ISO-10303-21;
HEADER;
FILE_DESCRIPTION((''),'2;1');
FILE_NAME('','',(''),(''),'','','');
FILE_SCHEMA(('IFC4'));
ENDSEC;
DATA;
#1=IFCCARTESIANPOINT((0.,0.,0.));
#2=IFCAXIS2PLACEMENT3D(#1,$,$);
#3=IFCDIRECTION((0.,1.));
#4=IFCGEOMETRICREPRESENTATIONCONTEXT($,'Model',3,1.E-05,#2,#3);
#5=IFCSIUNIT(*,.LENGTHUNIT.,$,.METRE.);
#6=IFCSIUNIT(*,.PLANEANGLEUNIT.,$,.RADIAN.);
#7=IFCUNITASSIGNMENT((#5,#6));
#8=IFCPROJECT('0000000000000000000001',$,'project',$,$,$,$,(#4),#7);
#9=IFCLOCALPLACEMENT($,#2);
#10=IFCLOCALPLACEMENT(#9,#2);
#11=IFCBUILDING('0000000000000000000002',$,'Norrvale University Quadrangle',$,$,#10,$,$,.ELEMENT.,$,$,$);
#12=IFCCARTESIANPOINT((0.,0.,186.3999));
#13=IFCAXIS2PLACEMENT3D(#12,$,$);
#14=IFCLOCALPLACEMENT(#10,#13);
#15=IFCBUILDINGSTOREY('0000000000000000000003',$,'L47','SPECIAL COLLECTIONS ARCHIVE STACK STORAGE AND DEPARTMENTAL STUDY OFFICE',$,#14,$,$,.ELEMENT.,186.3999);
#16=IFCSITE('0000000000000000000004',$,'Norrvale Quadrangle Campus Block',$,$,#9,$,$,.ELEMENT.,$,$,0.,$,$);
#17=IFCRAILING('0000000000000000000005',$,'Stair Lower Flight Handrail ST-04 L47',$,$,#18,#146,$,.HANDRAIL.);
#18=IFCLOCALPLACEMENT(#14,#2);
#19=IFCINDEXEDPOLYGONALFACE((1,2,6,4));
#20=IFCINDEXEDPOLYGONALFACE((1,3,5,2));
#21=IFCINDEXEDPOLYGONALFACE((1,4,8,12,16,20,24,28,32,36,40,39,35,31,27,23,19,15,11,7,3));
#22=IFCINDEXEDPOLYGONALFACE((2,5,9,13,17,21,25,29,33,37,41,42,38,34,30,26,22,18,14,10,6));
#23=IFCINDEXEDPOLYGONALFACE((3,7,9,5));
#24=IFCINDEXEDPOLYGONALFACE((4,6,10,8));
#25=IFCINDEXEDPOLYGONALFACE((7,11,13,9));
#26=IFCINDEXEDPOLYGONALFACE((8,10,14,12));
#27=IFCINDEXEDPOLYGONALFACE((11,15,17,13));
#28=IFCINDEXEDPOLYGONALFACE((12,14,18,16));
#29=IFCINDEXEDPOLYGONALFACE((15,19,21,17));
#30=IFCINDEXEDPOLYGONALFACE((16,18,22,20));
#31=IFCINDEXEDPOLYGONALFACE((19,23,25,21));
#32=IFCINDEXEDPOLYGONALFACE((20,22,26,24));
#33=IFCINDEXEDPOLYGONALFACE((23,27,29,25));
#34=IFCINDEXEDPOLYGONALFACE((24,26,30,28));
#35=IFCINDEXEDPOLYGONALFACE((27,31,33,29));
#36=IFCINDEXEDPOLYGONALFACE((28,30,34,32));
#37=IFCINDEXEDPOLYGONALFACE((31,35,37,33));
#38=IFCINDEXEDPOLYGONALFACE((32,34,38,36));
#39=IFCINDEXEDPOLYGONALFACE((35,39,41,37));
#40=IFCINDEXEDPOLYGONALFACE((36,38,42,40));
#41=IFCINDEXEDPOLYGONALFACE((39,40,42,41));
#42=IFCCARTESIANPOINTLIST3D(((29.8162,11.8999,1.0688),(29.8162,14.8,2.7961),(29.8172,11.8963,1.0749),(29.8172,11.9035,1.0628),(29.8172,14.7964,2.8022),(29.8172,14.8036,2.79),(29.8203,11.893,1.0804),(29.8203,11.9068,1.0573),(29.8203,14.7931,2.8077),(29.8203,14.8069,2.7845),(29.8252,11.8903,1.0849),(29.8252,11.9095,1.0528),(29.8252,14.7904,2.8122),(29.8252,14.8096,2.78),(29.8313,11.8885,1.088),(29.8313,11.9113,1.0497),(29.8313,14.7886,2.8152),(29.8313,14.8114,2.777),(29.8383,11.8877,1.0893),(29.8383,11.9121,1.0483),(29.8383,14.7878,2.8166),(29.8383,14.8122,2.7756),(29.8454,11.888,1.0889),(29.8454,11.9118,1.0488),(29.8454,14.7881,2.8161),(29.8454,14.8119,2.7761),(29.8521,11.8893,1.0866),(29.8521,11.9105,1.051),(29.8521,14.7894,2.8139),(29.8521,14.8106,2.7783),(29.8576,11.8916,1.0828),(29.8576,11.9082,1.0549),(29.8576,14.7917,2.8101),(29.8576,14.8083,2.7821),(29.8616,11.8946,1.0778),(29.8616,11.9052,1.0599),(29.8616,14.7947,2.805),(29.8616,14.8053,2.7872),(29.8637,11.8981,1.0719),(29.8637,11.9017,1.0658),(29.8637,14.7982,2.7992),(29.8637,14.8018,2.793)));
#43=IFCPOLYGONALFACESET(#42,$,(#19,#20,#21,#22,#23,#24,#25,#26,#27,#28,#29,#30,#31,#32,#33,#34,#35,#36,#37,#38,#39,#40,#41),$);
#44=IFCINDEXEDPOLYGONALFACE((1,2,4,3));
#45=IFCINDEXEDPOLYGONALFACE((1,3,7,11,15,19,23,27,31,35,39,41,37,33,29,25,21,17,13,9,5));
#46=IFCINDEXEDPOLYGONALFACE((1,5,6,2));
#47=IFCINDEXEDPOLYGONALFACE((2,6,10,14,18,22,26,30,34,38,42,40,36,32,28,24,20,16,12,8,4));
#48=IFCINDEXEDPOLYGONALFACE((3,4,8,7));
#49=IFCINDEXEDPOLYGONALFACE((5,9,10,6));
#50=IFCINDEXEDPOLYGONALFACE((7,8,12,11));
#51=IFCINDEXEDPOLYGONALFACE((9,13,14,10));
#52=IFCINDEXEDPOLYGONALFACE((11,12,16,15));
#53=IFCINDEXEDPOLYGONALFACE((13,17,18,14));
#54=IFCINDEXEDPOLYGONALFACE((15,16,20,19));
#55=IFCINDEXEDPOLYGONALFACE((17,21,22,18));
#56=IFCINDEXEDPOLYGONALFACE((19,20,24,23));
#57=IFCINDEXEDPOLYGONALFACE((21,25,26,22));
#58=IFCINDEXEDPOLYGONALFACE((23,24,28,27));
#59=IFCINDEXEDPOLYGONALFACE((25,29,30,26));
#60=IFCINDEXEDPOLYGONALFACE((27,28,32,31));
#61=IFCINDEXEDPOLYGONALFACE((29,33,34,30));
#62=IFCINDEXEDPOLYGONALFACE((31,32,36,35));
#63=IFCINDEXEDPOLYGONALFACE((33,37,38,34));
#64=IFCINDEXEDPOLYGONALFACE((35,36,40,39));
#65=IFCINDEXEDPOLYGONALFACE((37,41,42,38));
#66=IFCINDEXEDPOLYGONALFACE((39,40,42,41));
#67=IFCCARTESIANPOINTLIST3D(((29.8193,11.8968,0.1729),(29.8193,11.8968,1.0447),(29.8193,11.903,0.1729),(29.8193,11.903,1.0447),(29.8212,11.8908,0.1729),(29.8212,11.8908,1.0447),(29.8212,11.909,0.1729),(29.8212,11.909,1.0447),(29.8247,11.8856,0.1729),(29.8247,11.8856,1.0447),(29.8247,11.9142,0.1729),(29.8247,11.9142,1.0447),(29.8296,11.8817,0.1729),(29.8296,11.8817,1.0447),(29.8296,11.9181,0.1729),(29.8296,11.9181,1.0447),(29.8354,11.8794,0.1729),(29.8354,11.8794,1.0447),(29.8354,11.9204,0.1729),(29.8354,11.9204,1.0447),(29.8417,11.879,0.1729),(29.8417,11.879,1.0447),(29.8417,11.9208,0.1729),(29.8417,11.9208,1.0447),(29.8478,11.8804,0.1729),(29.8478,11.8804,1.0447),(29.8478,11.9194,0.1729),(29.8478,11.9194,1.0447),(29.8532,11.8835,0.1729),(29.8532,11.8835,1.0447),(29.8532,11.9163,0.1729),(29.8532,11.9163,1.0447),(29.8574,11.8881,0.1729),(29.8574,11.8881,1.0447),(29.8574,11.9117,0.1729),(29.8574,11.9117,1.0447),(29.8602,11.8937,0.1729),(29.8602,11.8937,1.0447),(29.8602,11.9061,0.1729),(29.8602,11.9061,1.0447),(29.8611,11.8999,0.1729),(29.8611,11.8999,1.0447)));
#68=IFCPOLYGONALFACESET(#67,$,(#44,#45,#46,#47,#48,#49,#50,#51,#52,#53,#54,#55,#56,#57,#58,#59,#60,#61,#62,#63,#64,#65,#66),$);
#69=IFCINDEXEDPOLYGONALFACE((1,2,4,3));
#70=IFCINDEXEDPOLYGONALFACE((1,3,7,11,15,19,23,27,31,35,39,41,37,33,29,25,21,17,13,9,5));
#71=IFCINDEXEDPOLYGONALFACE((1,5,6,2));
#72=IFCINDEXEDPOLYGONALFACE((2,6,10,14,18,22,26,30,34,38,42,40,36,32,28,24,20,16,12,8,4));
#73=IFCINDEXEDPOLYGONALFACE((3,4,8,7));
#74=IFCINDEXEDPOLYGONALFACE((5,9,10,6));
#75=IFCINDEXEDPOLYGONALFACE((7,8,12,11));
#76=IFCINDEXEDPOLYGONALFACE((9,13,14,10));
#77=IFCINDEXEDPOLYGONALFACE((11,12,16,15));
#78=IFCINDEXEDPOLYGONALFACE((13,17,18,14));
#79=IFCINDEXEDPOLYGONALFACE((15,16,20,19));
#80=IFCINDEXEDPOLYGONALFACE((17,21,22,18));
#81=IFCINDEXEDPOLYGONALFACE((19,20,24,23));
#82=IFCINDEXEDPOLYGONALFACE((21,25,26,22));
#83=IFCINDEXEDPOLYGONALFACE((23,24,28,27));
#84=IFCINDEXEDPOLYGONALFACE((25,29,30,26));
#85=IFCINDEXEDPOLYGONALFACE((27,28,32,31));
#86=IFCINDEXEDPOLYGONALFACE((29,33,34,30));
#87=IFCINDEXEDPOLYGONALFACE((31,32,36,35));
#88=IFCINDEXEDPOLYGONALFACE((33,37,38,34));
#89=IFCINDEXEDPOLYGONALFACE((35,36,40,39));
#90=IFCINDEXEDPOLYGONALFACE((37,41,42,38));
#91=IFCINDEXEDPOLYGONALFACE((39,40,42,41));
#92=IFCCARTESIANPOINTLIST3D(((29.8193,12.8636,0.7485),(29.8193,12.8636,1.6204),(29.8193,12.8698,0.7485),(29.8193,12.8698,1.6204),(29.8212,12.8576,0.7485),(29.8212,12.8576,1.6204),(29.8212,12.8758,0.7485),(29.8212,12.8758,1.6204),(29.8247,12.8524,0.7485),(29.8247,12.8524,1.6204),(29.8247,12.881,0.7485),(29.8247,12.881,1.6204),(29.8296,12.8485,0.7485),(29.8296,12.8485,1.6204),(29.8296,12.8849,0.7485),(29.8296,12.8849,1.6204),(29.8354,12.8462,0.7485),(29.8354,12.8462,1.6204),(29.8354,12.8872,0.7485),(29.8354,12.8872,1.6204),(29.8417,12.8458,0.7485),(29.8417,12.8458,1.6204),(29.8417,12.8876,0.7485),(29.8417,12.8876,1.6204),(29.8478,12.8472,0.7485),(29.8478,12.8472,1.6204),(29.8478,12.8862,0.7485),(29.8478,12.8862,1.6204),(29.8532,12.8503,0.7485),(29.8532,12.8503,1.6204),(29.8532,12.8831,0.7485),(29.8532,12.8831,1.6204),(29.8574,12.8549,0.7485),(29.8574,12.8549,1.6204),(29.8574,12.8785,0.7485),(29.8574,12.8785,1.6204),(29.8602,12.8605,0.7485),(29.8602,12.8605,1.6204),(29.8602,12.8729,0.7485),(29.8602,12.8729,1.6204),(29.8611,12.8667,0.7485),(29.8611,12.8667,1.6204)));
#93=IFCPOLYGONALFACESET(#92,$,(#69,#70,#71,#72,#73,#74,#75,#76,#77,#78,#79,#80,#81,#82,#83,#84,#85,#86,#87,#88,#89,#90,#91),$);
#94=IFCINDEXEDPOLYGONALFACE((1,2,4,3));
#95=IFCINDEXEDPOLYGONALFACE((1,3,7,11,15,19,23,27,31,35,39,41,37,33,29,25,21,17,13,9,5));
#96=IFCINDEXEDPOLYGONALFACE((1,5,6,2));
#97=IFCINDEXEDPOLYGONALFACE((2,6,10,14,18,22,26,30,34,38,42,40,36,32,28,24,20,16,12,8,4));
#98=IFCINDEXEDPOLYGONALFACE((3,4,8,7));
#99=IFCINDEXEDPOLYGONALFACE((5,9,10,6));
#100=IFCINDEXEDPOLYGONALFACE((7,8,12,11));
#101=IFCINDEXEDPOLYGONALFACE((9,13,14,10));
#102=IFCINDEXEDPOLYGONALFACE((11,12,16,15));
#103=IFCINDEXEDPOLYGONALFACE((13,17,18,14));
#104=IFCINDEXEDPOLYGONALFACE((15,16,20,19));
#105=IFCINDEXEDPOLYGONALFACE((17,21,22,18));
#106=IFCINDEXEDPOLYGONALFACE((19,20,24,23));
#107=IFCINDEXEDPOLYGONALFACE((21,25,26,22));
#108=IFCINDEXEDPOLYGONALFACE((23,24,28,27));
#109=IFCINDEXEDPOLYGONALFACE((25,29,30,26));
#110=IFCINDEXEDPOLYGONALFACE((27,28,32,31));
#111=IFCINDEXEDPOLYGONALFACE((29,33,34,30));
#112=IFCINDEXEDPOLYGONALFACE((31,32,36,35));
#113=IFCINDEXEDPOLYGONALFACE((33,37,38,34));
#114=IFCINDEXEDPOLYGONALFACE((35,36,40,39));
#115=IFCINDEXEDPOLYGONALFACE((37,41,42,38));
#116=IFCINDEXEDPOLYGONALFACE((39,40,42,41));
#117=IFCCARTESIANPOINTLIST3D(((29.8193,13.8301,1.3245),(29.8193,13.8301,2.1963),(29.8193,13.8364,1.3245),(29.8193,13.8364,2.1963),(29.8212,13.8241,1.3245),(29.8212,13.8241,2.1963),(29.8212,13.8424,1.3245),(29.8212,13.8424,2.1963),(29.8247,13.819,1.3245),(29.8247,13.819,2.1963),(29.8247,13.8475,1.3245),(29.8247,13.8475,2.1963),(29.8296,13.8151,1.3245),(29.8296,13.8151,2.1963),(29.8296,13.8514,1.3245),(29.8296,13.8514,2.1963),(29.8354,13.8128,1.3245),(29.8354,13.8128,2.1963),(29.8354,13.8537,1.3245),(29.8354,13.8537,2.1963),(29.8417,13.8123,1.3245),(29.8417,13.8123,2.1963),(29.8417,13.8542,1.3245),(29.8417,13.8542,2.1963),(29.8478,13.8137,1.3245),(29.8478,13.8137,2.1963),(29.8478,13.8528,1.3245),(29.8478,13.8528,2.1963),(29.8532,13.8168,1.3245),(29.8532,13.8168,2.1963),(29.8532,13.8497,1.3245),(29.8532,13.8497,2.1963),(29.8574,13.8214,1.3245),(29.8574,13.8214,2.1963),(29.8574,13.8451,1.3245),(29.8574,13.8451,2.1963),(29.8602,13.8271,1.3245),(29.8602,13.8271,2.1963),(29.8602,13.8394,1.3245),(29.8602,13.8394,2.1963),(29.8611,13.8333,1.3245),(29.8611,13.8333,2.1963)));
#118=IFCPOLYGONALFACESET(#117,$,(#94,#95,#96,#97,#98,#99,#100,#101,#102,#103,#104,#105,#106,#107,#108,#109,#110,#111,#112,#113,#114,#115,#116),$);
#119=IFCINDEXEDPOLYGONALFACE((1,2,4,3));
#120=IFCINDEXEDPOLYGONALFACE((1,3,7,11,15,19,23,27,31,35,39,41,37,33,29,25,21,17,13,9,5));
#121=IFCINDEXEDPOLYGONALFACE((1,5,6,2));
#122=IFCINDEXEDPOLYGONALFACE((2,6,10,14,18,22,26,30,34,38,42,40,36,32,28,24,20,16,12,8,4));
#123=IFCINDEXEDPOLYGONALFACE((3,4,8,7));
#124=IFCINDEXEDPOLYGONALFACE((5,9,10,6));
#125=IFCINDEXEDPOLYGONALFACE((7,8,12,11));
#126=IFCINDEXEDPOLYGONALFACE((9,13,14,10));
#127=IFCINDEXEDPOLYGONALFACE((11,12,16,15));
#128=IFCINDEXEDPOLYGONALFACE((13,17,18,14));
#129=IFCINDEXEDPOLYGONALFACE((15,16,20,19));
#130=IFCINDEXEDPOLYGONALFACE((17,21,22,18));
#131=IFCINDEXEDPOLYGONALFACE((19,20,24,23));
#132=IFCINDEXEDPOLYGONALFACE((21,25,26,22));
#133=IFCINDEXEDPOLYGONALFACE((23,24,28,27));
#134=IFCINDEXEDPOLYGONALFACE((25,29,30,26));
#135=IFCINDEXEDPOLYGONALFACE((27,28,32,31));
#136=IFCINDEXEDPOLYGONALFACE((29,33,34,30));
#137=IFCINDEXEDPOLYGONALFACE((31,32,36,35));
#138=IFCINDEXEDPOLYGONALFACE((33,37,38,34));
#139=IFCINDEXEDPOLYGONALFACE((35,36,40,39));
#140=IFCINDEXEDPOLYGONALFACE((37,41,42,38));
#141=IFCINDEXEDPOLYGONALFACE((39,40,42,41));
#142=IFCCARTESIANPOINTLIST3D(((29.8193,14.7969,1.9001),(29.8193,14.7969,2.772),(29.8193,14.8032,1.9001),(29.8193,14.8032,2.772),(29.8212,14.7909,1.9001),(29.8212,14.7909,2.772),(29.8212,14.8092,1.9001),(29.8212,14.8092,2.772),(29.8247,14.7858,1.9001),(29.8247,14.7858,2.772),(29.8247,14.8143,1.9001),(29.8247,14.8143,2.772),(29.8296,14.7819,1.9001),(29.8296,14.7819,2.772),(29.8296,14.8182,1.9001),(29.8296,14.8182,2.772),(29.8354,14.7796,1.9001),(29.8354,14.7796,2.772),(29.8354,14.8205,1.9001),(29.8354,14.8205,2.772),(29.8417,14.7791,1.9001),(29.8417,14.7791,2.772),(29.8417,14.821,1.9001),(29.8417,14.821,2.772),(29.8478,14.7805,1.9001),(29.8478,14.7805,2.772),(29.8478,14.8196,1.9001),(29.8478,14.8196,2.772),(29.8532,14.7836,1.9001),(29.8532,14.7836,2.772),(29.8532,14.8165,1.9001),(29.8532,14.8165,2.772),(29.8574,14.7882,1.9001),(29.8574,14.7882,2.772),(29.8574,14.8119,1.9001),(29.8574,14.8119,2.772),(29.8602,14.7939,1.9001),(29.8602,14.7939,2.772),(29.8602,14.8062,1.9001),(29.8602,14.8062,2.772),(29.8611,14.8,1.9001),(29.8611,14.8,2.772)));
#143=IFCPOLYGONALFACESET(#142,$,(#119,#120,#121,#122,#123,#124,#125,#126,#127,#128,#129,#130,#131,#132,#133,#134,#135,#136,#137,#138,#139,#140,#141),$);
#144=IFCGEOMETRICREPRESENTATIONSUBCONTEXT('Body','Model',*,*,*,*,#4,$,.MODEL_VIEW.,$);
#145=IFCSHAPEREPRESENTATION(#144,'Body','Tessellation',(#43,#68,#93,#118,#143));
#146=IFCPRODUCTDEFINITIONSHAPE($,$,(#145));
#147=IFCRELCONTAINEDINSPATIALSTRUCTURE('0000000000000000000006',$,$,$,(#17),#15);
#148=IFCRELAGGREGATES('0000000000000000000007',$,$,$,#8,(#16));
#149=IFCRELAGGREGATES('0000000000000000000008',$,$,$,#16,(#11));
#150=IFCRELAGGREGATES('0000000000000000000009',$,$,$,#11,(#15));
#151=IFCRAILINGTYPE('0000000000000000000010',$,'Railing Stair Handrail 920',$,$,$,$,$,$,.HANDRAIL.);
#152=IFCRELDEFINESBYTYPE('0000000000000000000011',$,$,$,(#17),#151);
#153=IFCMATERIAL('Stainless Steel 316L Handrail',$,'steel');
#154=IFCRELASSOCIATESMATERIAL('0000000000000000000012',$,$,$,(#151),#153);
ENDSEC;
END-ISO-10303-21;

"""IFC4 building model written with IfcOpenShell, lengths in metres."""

from ifc_helpers import new_model, si_unit, direction, frame, origin, origin_2d, place, context, subcontext, project, spatial, circle, extrude, material, type_object, element, save


model = new_model("IFC4")

# Units and contexts
model_context = context("Model", 3, precision=1e-05, world=origin(), true_north=direction((0.0, 1.0)))
body_context = subcontext(model_context, "Body", "Model", "MODEL_VIEW")
ifc_project = project(units=[si_unit("LENGTHUNIT", "METRE"), si_unit("PLANEANGLEUNIT", "RADIAN")], contexts=[model_context])

# Site, building, storey
site_placement = place(None, origin())
site = spatial("IfcSite", under=ifc_project, at=site_placement, Name="Norrvale Quadrangle Campus Block", CompositionType="ELEMENT", RefElevation=0.0)
building_placement = place(site_placement, origin())
building = spatial("IfcBuilding", under=site, at=building_placement, Name="Norrvale University Quadrangle", CompositionType="ELEMENT")
storey_placement = place(building_placement, frame((0.0, 0.0, 186.3999)))
storey = spatial("IfcBuildingStorey", under=building, at=storey_placement, Name="L47", Description="SPECIAL COLLECTIONS ARCHIVE STACK STORAGE AND DEPARTMENTAL STUDY OFFICE", CompositionType="ELEMENT", Elevation=186.3999)

# Railing
ifc_material_1 = material(Name="Stainless Steel 316L Handrail", Category="steel")
railing_type = type_object("IfcRailingType", Name="Railing Stair Handrail 920", PredefinedType="HANDRAIL", material=ifc_material_1)
railing_placement = place(storey_placement, frame((29.8401, 11.8999, 0.1729)))
element("IfcRailing", 1, at=railing_placement, inside=storey, type_object=railing_type, Name="Stair Lower Flight Handrail ST-04 L47", PredefinedType="HANDRAIL", context=body_context, shape_type="SweptSolid", body=[
    extrude(circle(Radius=0.0239, at=origin_2d()), frame((0.0, 0.0, 0.896), z_axis=(0.0, 0.85916, 0.511706), x_axis=(-1.0, 0.0, 0.0)), (0.0, 0.0, 1.0), 3.3755),
    extrude(circle(Radius=0.021, at=origin_2d()), origin(), (0.0, 0.0, 1.0), 0.8718),
    extrude(circle(Radius=0.021, at=origin_2d()), frame((0.0, 0.9668, 0.5757)), (0.0, 0.0, 1.0), 0.8718),
    extrude(circle(Radius=0.021, at=origin_2d()), frame((0.0, 1.9333, 1.1516)), (0.0, 0.0, 1.0), 0.8718),
    extrude(circle(Radius=0.021, at=origin_2d()), frame((0.0, 2.9001, 1.7273)), (0.0, 0.0, 1.0), 0.8718),
])

save(model, "model.ifc")
